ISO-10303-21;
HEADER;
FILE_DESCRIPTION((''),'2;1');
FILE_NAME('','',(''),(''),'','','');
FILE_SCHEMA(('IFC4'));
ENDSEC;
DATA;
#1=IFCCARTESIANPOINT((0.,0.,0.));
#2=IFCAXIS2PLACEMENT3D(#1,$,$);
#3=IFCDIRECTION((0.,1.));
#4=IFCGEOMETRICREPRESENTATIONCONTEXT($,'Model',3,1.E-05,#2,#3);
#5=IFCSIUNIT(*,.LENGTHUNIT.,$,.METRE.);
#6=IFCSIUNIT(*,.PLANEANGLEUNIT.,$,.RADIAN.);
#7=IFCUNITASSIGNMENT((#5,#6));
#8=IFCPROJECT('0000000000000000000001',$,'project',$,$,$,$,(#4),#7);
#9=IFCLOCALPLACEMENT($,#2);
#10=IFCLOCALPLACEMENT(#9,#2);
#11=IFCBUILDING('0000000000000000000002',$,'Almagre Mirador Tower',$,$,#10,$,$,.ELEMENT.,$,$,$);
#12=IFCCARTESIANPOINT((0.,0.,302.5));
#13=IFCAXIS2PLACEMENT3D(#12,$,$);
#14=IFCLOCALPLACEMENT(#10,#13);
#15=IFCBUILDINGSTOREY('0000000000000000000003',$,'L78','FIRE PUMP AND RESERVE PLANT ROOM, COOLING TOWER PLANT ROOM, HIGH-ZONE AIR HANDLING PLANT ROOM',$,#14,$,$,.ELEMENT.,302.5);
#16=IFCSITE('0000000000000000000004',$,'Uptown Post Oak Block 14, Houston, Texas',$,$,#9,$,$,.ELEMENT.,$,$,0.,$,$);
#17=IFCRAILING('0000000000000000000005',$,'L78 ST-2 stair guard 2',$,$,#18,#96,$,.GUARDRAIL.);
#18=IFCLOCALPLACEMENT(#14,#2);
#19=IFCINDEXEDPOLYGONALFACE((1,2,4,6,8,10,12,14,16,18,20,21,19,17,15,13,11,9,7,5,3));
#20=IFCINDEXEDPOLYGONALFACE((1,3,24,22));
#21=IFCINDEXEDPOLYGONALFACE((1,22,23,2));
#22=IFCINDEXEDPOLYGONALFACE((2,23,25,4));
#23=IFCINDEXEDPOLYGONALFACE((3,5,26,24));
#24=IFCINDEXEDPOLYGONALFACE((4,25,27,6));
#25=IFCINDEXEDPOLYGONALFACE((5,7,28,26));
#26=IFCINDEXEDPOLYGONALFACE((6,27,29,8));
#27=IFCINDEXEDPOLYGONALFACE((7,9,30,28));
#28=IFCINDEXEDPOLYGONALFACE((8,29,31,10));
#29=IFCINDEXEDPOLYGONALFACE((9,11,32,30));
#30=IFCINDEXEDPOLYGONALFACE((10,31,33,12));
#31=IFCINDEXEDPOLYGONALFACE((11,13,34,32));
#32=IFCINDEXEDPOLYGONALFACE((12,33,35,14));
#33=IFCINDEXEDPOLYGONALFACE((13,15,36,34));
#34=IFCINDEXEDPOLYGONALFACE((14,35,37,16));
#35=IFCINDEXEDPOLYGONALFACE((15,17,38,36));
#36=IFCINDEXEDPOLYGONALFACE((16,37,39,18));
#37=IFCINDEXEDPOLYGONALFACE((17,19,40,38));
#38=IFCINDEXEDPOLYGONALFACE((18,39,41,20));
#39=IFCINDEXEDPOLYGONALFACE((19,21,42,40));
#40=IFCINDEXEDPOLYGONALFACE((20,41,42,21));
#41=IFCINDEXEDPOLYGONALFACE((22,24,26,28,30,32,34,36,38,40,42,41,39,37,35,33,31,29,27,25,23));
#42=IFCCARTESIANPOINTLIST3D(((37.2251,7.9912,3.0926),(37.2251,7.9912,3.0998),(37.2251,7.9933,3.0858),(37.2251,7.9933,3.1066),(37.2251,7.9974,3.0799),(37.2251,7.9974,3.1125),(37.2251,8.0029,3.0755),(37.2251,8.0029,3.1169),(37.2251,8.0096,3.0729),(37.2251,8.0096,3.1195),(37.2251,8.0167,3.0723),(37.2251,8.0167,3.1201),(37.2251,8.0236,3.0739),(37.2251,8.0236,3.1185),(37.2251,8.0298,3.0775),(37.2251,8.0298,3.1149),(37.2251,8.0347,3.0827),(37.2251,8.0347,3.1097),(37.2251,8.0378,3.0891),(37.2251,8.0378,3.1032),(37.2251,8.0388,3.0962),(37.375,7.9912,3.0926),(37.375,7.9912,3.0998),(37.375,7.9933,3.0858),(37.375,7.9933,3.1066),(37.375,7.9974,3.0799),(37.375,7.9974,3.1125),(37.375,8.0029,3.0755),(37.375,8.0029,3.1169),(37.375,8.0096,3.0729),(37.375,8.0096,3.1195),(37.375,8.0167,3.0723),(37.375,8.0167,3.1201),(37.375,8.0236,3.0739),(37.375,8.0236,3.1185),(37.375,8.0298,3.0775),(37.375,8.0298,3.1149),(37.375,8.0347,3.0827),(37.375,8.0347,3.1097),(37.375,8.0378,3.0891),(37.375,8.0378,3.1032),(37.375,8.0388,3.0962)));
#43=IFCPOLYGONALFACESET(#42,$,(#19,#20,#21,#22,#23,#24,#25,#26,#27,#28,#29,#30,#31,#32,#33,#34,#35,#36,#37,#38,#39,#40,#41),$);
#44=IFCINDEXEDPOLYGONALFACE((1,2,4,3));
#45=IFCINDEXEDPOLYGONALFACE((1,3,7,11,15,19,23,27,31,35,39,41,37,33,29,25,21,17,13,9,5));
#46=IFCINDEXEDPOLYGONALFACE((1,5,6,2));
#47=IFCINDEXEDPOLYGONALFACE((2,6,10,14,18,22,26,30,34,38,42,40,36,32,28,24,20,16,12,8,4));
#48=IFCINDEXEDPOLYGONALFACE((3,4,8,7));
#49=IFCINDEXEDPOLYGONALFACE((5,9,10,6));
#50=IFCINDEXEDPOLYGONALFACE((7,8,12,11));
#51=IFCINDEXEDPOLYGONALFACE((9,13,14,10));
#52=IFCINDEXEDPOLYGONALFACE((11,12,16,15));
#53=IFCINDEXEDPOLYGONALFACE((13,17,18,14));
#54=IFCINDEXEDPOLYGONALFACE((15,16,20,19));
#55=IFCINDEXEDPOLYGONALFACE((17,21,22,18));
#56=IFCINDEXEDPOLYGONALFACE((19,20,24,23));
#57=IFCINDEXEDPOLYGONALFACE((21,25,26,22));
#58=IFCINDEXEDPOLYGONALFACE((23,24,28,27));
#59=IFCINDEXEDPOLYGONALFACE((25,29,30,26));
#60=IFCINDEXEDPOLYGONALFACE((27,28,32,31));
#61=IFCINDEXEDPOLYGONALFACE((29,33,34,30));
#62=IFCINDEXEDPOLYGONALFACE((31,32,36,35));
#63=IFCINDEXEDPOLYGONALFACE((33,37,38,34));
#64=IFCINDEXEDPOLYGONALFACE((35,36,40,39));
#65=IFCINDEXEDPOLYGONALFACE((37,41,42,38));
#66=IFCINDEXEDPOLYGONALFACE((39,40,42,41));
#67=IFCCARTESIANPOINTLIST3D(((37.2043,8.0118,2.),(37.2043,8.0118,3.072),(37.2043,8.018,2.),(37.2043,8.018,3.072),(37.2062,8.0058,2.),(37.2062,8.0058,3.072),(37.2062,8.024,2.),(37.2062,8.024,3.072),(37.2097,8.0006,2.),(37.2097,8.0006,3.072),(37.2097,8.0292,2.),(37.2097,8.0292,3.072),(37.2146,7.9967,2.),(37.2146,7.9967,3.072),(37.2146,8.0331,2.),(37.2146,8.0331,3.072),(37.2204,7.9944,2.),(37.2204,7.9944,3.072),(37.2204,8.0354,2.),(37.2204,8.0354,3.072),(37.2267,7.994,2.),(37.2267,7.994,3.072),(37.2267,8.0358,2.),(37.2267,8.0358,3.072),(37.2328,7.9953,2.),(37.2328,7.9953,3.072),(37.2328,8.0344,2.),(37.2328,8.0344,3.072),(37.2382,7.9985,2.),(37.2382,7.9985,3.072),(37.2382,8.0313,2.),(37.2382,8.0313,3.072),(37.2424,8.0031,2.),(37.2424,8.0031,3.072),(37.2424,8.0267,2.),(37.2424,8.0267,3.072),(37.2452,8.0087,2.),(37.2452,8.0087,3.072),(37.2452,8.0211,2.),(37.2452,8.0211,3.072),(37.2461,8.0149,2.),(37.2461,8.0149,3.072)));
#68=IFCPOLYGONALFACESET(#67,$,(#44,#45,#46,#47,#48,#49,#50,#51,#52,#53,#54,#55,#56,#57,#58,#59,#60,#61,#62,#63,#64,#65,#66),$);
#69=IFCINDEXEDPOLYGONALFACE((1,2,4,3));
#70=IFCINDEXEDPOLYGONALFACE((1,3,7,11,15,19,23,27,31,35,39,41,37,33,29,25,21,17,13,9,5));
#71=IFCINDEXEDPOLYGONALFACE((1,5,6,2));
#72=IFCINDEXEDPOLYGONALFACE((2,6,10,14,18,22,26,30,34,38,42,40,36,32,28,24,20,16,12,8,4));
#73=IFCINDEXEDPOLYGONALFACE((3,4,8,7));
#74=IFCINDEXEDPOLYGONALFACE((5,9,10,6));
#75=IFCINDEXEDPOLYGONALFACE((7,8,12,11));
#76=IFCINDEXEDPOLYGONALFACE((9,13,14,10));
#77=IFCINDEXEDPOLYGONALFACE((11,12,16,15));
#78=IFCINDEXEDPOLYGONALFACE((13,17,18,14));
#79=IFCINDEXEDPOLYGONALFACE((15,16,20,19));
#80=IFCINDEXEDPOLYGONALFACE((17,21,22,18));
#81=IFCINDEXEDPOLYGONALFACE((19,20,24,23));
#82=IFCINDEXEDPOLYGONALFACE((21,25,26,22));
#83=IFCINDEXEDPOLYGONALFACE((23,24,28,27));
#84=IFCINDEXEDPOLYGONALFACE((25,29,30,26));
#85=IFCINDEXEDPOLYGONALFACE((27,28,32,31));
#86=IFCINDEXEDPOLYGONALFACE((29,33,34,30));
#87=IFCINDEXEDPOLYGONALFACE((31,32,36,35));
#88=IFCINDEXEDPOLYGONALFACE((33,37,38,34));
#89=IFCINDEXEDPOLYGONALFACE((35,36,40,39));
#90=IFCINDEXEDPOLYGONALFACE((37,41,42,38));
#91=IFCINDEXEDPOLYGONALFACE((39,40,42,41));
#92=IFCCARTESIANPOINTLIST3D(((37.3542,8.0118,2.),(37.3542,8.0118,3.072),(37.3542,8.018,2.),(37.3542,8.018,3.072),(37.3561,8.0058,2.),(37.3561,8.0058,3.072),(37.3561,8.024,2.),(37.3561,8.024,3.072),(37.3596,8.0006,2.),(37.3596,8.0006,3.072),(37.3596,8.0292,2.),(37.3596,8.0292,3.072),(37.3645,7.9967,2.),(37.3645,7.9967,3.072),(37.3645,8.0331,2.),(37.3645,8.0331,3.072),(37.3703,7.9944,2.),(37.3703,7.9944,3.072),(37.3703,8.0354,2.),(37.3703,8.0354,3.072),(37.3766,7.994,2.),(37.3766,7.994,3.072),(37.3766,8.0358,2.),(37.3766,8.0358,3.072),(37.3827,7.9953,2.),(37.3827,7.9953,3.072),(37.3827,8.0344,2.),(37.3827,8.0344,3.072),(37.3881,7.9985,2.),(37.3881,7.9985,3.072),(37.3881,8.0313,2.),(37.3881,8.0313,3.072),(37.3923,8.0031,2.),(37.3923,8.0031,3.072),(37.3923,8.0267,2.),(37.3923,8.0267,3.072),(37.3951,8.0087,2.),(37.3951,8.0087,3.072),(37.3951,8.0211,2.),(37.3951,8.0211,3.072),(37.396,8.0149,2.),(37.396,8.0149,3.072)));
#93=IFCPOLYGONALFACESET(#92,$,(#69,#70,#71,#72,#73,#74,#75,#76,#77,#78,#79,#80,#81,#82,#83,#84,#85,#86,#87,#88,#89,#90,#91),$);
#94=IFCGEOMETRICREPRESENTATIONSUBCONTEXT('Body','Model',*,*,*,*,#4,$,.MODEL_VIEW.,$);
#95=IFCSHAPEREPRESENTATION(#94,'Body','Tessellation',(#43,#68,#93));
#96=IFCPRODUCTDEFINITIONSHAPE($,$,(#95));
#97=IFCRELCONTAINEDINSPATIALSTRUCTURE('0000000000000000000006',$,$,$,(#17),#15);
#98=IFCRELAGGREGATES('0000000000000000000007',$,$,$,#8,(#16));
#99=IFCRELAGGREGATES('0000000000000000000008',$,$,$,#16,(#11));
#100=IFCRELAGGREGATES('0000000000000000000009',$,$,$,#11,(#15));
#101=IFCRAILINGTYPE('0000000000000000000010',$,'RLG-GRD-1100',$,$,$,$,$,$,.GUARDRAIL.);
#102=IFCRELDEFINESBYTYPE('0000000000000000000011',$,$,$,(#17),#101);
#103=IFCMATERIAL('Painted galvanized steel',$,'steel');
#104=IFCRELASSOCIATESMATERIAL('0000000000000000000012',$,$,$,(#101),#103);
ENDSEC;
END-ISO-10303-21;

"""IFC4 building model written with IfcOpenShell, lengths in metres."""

from ifc_helpers import new_model, si_unit, direction, frame, origin, origin_2d, place, context, subcontext, project, spatial, circle, extrude, material, type_object, element, save


model = new_model("IFC4")

# Units and contexts
model_context = context("Model", 3, precision=1e-05, world=origin(), true_north=direction((0.0, 1.0)))
body_context = subcontext(model_context, "Body", "Model", "MODEL_VIEW")
ifc_project = project(units=[si_unit("LENGTHUNIT", "METRE"), si_unit("PLANEANGLEUNIT", "RADIAN")], contexts=[model_context])

# Site, building, storey
site_placement = place(None, origin())
site = spatial("IfcSite", under=ifc_project, at=site_placement, Name="Uptown Post Oak Block 14, Houston, Texas", CompositionType="ELEMENT", RefElevation=0.0)
building_placement = place(site_placement, origin())
building = spatial("IfcBuilding", under=site, at=building_placement, Name="Almagre Mirador Tower", CompositionType="ELEMENT")
storey_placement = place(building_placement, frame((0.0, 0.0, 302.5)))
storey = spatial("IfcBuildingStorey", under=building, at=storey_placement, Name="L78", Description="FIRE PUMP AND RESERVE PLANT ROOM, COOLING TOWER PLANT ROOM, HIGH-ZONE AIR HANDLING PLANT ROOM", CompositionType="ELEMENT", Elevation=302.5)

# Railing
ifc_material_1 = material(Name="Painted galvanized steel", Category="steel")
railing_type_1 = type_object("IfcRailingType", Name="RLG-GRD-1100", PredefinedType="GUARDRAIL", material=ifc_material_1)
railing_1_placement = place(storey_placement, frame((37.2251, 8.0149, 2.0)))
element("IfcRailing", 1, at=railing_1_placement, inside=storey, type_object=railing_type_1, Name="L78 ST-2 stair guard 2", PredefinedType="GUARDRAIL", context=body_context, shape_type="SweptSolid", body=[
    extrude(circle(Radius=0.0239, at=origin_2d()), frame((0.0, 0.0, 1.0962), z_axis=(1.0, 0.0, 0.0), x_axis=(0.0, 1.0, 0.0)), (0.0, 0.0, 1.0), 0.1499),
    extrude(circle(Radius=0.021, at=origin_2d()), origin(), (0.0, 0.0, 1.0), 1.072),
    extrude(circle(Radius=0.021, at=origin_2d()), frame((0.1499, 0.0, 0.0)), (0.0, 0.0, 1.0), 1.072),
])

save(model, "model.ifc")
